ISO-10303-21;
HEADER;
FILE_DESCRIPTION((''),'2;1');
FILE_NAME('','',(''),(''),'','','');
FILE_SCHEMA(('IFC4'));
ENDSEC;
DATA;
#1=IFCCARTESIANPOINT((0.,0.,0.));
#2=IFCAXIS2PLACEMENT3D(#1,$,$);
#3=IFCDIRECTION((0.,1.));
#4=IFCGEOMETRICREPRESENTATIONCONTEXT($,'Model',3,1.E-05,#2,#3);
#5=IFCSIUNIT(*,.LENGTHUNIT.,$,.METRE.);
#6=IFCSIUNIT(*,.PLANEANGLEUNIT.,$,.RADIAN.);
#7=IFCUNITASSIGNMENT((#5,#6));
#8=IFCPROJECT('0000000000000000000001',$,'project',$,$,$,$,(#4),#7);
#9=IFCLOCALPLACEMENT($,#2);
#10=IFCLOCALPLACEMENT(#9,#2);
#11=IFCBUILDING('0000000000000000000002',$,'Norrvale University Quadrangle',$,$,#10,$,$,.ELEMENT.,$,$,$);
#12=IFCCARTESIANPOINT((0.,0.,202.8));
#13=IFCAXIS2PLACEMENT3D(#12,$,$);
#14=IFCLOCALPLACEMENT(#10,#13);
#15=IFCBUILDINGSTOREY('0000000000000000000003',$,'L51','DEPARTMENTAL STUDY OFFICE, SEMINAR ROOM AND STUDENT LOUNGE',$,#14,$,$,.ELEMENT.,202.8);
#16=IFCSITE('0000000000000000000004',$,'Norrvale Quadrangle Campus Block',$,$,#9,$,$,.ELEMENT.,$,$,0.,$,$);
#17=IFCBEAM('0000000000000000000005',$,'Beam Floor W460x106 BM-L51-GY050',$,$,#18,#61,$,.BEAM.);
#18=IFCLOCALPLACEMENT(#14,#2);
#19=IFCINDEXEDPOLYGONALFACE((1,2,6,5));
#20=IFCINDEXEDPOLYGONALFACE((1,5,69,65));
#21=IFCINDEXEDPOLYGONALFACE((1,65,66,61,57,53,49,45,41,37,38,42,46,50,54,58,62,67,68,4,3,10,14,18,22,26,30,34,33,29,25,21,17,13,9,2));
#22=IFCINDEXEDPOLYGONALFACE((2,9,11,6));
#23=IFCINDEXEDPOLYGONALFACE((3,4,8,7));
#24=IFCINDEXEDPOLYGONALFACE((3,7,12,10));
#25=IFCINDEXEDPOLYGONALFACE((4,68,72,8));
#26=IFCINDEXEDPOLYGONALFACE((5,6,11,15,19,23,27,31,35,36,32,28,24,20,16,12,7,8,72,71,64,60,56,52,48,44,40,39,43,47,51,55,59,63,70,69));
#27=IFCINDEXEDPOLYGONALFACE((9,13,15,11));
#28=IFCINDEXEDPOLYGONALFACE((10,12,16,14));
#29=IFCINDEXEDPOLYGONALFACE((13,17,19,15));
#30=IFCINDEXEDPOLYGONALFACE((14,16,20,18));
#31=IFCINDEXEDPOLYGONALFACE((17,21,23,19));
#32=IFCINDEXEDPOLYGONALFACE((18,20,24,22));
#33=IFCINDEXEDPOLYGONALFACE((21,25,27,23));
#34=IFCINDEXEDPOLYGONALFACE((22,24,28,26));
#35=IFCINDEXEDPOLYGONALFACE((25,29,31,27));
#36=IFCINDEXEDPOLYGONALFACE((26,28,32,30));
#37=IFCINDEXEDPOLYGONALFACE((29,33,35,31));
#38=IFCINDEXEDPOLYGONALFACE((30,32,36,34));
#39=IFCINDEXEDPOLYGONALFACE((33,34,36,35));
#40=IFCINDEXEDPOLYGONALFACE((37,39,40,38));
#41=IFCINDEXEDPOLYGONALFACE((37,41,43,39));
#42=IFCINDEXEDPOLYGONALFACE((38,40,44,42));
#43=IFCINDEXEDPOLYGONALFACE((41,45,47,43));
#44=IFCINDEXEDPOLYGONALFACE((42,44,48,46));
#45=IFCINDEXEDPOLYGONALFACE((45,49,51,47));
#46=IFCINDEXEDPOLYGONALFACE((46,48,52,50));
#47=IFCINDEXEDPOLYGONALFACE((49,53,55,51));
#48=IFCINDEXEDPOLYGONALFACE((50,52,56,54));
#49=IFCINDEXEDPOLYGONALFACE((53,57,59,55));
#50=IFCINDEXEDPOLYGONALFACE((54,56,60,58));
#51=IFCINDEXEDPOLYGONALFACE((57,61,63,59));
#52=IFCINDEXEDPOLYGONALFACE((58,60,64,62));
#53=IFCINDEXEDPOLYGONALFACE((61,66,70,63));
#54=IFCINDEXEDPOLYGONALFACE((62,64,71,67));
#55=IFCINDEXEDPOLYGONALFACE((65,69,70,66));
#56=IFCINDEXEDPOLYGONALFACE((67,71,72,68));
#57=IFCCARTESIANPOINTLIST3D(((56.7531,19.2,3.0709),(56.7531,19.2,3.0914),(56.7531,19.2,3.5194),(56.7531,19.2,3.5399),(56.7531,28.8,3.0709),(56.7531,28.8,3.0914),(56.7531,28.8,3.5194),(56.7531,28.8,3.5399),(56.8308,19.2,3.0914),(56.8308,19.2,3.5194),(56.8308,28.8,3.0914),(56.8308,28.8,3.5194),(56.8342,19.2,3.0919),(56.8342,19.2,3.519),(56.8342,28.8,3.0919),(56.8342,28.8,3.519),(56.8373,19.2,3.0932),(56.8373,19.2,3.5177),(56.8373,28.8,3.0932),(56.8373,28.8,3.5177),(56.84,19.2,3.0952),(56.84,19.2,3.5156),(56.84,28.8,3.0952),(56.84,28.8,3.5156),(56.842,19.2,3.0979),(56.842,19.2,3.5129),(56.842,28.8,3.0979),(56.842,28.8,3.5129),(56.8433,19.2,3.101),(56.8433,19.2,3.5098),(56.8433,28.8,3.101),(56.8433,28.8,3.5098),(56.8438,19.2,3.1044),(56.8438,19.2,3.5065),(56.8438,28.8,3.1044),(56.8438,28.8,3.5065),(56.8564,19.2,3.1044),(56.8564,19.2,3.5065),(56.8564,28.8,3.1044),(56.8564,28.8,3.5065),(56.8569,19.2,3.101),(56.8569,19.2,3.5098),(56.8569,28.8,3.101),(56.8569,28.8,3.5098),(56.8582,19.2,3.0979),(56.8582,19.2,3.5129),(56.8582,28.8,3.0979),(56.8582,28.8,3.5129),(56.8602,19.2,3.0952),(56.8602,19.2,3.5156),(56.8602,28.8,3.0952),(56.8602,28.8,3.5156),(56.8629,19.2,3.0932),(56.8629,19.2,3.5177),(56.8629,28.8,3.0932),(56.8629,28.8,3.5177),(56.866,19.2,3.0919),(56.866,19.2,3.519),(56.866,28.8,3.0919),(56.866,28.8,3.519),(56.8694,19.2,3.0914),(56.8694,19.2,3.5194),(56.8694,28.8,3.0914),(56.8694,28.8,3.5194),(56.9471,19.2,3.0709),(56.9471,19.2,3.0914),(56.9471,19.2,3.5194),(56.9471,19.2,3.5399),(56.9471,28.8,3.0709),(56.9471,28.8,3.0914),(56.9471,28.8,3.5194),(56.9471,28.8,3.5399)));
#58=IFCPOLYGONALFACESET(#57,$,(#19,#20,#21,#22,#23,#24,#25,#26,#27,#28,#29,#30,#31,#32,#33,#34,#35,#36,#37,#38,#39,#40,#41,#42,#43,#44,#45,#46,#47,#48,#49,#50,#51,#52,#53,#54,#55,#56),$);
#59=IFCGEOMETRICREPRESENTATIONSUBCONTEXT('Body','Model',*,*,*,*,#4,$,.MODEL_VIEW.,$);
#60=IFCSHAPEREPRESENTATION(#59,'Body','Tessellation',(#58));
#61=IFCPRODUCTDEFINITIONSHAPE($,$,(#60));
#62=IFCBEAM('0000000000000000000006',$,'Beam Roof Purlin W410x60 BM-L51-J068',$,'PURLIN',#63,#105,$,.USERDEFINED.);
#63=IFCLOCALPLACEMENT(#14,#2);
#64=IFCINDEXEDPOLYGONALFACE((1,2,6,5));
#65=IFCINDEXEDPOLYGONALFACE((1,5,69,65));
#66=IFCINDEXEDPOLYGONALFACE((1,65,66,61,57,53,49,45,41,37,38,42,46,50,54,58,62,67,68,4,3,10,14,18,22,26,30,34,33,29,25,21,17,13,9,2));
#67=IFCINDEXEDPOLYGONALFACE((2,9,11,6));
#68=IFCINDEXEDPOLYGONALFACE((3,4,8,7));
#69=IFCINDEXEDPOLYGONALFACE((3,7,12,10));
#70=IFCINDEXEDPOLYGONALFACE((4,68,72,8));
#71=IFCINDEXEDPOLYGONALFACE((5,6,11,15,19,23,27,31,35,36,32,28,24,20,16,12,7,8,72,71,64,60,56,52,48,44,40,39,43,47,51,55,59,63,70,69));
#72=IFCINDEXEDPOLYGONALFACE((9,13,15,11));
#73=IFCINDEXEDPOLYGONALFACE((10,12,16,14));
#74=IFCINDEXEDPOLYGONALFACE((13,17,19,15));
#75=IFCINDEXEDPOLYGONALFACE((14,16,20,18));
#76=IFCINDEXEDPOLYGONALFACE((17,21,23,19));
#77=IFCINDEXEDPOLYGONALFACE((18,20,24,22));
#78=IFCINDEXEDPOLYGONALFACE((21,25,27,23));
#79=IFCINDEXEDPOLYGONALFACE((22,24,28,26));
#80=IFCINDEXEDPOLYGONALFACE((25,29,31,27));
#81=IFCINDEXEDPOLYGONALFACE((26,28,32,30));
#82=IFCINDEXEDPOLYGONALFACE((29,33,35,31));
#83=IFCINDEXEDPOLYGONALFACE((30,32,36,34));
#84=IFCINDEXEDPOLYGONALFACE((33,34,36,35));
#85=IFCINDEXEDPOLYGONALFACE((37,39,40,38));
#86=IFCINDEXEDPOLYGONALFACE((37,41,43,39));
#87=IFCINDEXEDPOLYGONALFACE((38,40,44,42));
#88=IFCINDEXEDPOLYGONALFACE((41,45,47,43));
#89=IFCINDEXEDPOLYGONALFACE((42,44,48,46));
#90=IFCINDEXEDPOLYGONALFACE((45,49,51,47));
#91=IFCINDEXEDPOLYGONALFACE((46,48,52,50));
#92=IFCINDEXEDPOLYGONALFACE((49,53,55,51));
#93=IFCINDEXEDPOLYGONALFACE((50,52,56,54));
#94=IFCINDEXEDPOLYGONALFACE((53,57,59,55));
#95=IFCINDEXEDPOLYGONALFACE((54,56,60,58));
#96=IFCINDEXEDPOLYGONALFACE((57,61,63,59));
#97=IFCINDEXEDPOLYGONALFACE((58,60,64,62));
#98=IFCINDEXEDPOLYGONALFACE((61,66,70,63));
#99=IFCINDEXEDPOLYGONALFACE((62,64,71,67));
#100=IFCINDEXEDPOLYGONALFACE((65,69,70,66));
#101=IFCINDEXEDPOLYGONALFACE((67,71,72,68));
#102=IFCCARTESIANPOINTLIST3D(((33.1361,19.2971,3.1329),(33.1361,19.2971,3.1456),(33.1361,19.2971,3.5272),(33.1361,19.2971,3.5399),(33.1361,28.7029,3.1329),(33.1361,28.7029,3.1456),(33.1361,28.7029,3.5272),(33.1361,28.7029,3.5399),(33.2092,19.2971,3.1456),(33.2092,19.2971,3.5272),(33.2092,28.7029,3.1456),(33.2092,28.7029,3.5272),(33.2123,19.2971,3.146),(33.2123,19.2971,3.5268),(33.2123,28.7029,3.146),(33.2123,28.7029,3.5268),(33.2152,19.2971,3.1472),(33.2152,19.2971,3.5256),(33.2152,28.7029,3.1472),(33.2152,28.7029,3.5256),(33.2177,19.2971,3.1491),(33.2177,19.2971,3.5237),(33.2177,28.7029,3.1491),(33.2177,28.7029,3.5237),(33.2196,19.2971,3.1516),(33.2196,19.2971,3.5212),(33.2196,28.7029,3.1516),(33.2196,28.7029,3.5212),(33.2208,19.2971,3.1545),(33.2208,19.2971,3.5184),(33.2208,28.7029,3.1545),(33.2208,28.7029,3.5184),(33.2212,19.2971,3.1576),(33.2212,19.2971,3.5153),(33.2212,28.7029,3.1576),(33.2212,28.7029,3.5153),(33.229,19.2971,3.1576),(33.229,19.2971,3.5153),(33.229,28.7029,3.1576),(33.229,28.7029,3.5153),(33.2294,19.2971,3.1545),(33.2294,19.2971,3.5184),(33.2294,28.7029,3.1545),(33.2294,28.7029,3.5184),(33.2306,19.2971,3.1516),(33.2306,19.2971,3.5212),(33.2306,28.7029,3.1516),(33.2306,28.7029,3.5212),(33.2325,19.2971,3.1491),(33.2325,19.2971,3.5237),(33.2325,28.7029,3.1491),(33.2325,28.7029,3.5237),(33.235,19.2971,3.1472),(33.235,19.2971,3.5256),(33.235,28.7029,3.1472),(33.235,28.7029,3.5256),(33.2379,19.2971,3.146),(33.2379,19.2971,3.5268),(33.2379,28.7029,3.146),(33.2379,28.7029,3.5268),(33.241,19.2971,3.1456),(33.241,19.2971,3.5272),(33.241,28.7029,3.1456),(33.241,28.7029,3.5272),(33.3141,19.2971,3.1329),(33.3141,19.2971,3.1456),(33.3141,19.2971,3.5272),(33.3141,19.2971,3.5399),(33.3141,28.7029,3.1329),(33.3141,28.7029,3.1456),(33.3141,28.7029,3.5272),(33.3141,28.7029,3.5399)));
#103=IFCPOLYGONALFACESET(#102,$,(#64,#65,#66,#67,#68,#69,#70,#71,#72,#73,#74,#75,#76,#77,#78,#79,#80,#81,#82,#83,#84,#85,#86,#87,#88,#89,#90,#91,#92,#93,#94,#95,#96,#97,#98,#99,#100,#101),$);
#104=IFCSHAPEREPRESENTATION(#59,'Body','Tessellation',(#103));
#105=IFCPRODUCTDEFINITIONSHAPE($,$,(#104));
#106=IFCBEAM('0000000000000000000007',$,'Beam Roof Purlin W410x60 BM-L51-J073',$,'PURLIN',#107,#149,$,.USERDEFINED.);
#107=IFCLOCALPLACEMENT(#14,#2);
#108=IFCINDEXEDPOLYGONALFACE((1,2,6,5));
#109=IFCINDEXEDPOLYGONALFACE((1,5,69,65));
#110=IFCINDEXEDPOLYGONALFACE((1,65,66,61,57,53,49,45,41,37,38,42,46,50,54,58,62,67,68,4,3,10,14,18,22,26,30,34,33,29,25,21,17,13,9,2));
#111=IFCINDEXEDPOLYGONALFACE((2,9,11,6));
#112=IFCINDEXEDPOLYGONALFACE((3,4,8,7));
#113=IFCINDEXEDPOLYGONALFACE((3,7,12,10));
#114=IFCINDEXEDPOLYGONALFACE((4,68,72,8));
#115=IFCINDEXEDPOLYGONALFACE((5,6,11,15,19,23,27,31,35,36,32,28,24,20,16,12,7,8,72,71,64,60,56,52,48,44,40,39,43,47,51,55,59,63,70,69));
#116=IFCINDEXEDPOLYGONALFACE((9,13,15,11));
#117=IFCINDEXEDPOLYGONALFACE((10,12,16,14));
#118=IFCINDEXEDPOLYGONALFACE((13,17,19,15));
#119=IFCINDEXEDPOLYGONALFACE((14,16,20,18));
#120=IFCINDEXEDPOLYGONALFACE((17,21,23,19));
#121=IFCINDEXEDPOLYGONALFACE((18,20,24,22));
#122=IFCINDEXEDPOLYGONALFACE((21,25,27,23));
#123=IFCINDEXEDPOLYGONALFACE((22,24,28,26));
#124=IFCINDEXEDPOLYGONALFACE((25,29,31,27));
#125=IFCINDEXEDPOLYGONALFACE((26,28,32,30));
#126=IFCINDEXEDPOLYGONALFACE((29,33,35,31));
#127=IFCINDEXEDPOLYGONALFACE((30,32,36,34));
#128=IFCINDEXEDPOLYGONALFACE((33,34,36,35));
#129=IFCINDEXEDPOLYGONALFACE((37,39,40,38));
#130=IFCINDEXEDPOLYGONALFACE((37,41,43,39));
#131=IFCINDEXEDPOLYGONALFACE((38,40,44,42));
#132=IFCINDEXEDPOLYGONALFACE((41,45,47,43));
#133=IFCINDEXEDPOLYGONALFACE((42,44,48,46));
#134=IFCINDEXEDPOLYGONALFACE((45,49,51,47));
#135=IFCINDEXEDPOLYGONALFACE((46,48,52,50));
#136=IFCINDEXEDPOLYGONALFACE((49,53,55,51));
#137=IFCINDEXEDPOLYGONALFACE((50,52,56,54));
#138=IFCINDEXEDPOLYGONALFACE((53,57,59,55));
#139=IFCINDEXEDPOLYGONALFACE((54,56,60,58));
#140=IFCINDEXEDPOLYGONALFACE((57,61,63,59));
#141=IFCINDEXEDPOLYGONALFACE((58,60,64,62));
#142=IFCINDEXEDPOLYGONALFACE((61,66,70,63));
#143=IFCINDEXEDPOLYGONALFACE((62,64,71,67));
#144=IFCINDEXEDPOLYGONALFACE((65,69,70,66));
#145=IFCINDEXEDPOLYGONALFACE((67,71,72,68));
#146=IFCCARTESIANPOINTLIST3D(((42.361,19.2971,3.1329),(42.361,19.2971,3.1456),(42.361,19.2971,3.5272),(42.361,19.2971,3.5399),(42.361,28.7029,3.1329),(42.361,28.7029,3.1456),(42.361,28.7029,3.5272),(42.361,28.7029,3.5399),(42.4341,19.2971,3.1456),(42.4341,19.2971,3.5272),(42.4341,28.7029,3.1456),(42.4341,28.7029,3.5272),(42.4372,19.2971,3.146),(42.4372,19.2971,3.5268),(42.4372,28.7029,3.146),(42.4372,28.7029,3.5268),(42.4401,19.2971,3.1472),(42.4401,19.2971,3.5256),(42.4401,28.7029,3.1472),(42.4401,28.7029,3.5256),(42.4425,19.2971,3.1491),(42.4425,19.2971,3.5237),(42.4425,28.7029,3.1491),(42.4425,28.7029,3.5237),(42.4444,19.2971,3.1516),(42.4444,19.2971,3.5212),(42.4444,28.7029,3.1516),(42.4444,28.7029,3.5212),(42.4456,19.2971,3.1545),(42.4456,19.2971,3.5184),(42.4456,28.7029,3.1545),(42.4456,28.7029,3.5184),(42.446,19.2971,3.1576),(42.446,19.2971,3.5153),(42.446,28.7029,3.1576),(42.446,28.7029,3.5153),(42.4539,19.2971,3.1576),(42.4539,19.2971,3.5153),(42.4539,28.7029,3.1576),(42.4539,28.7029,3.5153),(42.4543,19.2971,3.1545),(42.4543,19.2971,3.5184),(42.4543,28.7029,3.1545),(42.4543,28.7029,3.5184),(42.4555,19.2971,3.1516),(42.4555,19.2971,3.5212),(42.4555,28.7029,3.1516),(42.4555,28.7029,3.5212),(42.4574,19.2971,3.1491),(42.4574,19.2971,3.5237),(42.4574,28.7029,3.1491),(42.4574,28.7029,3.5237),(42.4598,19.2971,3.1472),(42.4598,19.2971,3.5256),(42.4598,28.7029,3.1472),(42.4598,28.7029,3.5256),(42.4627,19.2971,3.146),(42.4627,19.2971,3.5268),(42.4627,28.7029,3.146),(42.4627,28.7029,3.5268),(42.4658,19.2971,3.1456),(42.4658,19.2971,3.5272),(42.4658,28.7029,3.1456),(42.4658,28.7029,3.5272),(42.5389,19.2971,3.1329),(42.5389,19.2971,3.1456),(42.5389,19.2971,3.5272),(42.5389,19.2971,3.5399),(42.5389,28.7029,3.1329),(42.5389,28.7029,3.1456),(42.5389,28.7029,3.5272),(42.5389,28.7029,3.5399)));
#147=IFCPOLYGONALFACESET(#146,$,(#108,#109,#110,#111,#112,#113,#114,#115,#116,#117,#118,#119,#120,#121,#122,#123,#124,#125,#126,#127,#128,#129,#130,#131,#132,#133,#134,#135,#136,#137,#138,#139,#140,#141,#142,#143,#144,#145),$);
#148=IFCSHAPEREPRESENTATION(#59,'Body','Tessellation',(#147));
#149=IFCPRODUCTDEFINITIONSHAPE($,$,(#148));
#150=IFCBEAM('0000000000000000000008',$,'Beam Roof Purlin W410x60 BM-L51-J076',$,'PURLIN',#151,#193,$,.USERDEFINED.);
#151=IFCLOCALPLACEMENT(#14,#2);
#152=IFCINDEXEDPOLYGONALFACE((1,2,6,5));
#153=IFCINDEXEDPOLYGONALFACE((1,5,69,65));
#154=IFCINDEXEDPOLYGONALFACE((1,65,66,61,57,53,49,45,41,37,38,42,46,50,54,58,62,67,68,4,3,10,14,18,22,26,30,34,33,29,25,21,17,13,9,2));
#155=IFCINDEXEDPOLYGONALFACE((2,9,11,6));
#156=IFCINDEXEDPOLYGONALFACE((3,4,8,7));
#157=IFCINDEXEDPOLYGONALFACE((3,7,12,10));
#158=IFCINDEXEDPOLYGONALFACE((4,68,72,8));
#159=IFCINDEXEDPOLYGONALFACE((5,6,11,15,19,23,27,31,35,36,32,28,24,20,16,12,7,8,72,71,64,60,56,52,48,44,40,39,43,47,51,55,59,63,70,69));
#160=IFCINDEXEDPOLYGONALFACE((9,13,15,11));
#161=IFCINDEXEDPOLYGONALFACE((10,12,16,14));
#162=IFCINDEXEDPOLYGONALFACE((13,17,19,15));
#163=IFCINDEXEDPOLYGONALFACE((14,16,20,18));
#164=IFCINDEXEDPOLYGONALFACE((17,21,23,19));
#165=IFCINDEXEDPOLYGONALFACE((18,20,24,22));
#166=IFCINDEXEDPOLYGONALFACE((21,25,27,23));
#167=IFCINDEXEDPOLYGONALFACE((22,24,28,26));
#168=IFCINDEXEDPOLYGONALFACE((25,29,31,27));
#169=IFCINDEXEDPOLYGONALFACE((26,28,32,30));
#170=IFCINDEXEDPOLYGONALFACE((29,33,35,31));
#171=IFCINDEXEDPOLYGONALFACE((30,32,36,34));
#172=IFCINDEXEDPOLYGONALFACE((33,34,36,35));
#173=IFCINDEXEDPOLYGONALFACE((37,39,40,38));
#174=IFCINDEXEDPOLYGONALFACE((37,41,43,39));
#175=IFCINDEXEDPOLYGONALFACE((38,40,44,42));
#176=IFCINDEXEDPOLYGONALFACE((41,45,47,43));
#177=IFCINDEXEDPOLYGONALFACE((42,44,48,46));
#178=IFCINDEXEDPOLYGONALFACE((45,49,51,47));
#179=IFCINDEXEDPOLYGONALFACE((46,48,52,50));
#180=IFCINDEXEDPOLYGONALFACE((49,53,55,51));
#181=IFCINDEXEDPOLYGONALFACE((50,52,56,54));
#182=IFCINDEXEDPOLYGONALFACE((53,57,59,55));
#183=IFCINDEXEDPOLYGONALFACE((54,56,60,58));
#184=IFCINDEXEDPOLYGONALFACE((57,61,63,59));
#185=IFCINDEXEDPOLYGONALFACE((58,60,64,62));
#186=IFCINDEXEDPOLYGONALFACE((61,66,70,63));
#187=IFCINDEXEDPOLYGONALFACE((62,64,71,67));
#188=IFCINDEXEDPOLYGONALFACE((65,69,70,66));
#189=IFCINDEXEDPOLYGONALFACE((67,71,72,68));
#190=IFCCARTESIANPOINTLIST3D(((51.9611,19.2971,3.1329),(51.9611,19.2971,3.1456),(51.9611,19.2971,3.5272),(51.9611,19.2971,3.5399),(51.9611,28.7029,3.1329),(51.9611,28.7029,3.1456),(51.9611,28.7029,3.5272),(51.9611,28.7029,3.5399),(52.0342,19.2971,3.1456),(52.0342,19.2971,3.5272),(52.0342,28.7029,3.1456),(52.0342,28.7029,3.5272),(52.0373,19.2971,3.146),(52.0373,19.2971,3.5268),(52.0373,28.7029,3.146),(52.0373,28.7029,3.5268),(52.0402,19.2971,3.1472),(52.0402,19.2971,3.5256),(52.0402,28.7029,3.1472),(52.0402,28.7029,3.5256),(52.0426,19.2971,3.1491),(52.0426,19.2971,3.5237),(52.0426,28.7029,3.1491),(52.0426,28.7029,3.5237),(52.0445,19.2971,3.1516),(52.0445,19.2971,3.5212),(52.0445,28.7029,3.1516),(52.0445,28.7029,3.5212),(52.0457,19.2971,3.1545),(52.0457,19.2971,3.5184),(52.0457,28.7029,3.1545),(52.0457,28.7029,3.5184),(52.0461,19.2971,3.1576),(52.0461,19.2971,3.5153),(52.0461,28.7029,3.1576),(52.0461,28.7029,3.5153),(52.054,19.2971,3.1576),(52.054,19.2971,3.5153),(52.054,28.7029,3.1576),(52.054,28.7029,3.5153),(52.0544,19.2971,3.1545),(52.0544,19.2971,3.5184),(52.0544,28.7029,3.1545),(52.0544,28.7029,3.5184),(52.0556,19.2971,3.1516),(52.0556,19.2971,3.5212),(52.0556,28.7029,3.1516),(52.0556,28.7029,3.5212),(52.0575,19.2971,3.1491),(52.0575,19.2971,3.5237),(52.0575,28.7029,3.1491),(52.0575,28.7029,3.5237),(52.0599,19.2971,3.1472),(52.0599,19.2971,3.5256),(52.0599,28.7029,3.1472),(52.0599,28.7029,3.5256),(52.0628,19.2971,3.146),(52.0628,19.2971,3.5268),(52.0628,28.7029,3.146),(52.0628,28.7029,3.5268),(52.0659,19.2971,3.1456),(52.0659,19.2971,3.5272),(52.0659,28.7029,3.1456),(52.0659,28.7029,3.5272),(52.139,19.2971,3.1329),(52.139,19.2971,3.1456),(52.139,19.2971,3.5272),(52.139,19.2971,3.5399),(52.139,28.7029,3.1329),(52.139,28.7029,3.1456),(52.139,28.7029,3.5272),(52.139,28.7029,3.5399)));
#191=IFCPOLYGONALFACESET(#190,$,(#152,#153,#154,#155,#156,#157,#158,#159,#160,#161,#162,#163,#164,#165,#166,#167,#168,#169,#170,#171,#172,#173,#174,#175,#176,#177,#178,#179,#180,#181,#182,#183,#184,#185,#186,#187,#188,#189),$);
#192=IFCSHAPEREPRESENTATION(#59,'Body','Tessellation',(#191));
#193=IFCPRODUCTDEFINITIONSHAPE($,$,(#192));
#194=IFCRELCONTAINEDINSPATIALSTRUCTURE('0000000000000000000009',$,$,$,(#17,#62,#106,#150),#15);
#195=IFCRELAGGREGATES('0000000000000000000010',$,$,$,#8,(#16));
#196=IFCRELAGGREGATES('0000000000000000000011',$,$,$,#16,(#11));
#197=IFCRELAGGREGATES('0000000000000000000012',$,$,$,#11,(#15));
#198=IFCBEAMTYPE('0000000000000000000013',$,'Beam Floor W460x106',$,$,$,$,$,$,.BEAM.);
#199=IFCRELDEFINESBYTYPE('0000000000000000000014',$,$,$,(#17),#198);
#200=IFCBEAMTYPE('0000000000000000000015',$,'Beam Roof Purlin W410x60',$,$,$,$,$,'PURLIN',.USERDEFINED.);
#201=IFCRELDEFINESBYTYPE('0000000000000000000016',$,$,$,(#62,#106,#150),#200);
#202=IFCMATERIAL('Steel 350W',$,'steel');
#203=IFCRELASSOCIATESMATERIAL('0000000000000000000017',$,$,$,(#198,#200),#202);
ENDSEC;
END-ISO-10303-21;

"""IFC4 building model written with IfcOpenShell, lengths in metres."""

from ifc_helpers import new_model, si_unit, direction, frame, origin, origin_2d, place, context, subcontext, project, spatial, i_section, extrude, material, material_profile, profile_set, type_object, element, save


model = new_model("IFC4")

# Units and contexts
model_context = context("Model", 3, precision=1e-05, world=origin(), true_north=direction((0.0, 1.0)))
body_context = subcontext(model_context, "Body", "Model", "MODEL_VIEW")
ifc_project = project(units=[si_unit("LENGTHUNIT", "METRE"), si_unit("PLANEANGLEUNIT", "RADIAN")], contexts=[model_context])

# Site, building, storey
site_placement = place(None, origin())
site = spatial("IfcSite", under=ifc_project, at=site_placement, Name="Norrvale Quadrangle Campus Block", CompositionType="ELEMENT", RefElevation=0.0)
building_placement = place(site_placement, origin())
building = spatial("IfcBuilding", under=site, at=building_placement, Name="Norrvale University Quadrangle", CompositionType="ELEMENT")
storey_placement = place(building_placement, frame((0.0, 0.0, 202.8)))
storey = spatial("IfcBuildingStorey", under=building, at=storey_placement, Name="L51", Description="DEPARTMENTAL STUDY OFFICE, SEMINAR ROOM AND STUDENT LOUNGE", CompositionType="ELEMENT", Elevation=202.8)

# Beams
ifc_material_1 = material(Name="Steel 350W", Category="steel")
ifc_material_profile_1 = material_profile(ifc_material_1, i_section(OverallWidth=0.1941, OverallDepth=0.469, WebThickness=0.0127, FlangeThickness=0.0205, FilletRadius=0.0129, at=origin_2d()), Name="Steel 350W")
ifc_profile_set_1 = profile_set([ifc_material_profile_1], Name="Steel 350W")
beam_type_1 = type_object("IfcBeamType", Name="Beam Floor W460x106", PredefinedType="BEAM", material=ifc_profile_set_1)
beam_1_placement = place(storey_placement, frame((56.8501, 19.2, 3.3054), z_axis=(0.0, 1.0, 0.0), x_axis=(-1.0, 0.0, 0.0)))
element("IfcBeam", 1, at=beam_1_placement, inside=storey, type_object=beam_type_1, Name="Beam Floor W460x106 BM-L51-GY050", PredefinedType="BEAM", context=body_context, shape_type="SweptSolid", body=[
    extrude(i_section(OverallWidth=0.1941, OverallDepth=0.469, WebThickness=0.0127, FlangeThickness=0.0205, FilletRadius=0.0129, at=origin_2d()), origin(), (0.0, 0.0, 1.0), 9.6001),
])
ifc_material_profile_2 = material_profile(ifc_material_1, i_section(OverallWidth=0.178, OverallDepth=0.407, WebThickness=0.0078, FlangeThickness=0.0127, FilletRadius=0.012, at=origin_2d()), Name="Steel 350W")
ifc_profile_set_2 = profile_set([ifc_material_profile_2], Name="Steel 350W")
beam_type_2 = type_object("IfcBeamType", Name="Beam Roof Purlin W410x60", ElementType="PURLIN", PredefinedType="USERDEFINED", material=ifc_profile_set_2)
for number, where, z_axis, x_axis, name in (
    (2, (33.2251, 19.2971, 3.3364), (0.0, 1.0, 0.0), (-1.0, 0.0, 0.0), "Beam Roof Purlin W410x60 BM-L51-J068"),
    (3, (42.45, 19.2971, 3.3364), (0.0, 1.0, 0.0), (-1.0, 0.0, 0.0), "Beam Roof Purlin W410x60 BM-L51-J073"),
    (4, (52.05, 19.2971, 3.3364), (0.0, 1.0, 0.0), (-1.0, 0.0, 0.0), "Beam Roof Purlin W410x60 BM-L51-J076"),
):
    element("IfcBeam", number, at=place(storey_placement, frame(where, z_axis=z_axis, x_axis=x_axis)), inside=storey, type_object=beam_type_2, Name=name, ObjectType="PURLIN", PredefinedType="USERDEFINED", context=body_context, shape_type="SweptSolid", body=[
        extrude(i_section(OverallWidth=0.178, OverallDepth=0.407, WebThickness=0.0078, FlangeThickness=0.0127, FilletRadius=0.012, at=origin_2d()), origin(), (0.0, 0.0, 1.0), 9.4058),
    ])

save(model, "model.ifc")
